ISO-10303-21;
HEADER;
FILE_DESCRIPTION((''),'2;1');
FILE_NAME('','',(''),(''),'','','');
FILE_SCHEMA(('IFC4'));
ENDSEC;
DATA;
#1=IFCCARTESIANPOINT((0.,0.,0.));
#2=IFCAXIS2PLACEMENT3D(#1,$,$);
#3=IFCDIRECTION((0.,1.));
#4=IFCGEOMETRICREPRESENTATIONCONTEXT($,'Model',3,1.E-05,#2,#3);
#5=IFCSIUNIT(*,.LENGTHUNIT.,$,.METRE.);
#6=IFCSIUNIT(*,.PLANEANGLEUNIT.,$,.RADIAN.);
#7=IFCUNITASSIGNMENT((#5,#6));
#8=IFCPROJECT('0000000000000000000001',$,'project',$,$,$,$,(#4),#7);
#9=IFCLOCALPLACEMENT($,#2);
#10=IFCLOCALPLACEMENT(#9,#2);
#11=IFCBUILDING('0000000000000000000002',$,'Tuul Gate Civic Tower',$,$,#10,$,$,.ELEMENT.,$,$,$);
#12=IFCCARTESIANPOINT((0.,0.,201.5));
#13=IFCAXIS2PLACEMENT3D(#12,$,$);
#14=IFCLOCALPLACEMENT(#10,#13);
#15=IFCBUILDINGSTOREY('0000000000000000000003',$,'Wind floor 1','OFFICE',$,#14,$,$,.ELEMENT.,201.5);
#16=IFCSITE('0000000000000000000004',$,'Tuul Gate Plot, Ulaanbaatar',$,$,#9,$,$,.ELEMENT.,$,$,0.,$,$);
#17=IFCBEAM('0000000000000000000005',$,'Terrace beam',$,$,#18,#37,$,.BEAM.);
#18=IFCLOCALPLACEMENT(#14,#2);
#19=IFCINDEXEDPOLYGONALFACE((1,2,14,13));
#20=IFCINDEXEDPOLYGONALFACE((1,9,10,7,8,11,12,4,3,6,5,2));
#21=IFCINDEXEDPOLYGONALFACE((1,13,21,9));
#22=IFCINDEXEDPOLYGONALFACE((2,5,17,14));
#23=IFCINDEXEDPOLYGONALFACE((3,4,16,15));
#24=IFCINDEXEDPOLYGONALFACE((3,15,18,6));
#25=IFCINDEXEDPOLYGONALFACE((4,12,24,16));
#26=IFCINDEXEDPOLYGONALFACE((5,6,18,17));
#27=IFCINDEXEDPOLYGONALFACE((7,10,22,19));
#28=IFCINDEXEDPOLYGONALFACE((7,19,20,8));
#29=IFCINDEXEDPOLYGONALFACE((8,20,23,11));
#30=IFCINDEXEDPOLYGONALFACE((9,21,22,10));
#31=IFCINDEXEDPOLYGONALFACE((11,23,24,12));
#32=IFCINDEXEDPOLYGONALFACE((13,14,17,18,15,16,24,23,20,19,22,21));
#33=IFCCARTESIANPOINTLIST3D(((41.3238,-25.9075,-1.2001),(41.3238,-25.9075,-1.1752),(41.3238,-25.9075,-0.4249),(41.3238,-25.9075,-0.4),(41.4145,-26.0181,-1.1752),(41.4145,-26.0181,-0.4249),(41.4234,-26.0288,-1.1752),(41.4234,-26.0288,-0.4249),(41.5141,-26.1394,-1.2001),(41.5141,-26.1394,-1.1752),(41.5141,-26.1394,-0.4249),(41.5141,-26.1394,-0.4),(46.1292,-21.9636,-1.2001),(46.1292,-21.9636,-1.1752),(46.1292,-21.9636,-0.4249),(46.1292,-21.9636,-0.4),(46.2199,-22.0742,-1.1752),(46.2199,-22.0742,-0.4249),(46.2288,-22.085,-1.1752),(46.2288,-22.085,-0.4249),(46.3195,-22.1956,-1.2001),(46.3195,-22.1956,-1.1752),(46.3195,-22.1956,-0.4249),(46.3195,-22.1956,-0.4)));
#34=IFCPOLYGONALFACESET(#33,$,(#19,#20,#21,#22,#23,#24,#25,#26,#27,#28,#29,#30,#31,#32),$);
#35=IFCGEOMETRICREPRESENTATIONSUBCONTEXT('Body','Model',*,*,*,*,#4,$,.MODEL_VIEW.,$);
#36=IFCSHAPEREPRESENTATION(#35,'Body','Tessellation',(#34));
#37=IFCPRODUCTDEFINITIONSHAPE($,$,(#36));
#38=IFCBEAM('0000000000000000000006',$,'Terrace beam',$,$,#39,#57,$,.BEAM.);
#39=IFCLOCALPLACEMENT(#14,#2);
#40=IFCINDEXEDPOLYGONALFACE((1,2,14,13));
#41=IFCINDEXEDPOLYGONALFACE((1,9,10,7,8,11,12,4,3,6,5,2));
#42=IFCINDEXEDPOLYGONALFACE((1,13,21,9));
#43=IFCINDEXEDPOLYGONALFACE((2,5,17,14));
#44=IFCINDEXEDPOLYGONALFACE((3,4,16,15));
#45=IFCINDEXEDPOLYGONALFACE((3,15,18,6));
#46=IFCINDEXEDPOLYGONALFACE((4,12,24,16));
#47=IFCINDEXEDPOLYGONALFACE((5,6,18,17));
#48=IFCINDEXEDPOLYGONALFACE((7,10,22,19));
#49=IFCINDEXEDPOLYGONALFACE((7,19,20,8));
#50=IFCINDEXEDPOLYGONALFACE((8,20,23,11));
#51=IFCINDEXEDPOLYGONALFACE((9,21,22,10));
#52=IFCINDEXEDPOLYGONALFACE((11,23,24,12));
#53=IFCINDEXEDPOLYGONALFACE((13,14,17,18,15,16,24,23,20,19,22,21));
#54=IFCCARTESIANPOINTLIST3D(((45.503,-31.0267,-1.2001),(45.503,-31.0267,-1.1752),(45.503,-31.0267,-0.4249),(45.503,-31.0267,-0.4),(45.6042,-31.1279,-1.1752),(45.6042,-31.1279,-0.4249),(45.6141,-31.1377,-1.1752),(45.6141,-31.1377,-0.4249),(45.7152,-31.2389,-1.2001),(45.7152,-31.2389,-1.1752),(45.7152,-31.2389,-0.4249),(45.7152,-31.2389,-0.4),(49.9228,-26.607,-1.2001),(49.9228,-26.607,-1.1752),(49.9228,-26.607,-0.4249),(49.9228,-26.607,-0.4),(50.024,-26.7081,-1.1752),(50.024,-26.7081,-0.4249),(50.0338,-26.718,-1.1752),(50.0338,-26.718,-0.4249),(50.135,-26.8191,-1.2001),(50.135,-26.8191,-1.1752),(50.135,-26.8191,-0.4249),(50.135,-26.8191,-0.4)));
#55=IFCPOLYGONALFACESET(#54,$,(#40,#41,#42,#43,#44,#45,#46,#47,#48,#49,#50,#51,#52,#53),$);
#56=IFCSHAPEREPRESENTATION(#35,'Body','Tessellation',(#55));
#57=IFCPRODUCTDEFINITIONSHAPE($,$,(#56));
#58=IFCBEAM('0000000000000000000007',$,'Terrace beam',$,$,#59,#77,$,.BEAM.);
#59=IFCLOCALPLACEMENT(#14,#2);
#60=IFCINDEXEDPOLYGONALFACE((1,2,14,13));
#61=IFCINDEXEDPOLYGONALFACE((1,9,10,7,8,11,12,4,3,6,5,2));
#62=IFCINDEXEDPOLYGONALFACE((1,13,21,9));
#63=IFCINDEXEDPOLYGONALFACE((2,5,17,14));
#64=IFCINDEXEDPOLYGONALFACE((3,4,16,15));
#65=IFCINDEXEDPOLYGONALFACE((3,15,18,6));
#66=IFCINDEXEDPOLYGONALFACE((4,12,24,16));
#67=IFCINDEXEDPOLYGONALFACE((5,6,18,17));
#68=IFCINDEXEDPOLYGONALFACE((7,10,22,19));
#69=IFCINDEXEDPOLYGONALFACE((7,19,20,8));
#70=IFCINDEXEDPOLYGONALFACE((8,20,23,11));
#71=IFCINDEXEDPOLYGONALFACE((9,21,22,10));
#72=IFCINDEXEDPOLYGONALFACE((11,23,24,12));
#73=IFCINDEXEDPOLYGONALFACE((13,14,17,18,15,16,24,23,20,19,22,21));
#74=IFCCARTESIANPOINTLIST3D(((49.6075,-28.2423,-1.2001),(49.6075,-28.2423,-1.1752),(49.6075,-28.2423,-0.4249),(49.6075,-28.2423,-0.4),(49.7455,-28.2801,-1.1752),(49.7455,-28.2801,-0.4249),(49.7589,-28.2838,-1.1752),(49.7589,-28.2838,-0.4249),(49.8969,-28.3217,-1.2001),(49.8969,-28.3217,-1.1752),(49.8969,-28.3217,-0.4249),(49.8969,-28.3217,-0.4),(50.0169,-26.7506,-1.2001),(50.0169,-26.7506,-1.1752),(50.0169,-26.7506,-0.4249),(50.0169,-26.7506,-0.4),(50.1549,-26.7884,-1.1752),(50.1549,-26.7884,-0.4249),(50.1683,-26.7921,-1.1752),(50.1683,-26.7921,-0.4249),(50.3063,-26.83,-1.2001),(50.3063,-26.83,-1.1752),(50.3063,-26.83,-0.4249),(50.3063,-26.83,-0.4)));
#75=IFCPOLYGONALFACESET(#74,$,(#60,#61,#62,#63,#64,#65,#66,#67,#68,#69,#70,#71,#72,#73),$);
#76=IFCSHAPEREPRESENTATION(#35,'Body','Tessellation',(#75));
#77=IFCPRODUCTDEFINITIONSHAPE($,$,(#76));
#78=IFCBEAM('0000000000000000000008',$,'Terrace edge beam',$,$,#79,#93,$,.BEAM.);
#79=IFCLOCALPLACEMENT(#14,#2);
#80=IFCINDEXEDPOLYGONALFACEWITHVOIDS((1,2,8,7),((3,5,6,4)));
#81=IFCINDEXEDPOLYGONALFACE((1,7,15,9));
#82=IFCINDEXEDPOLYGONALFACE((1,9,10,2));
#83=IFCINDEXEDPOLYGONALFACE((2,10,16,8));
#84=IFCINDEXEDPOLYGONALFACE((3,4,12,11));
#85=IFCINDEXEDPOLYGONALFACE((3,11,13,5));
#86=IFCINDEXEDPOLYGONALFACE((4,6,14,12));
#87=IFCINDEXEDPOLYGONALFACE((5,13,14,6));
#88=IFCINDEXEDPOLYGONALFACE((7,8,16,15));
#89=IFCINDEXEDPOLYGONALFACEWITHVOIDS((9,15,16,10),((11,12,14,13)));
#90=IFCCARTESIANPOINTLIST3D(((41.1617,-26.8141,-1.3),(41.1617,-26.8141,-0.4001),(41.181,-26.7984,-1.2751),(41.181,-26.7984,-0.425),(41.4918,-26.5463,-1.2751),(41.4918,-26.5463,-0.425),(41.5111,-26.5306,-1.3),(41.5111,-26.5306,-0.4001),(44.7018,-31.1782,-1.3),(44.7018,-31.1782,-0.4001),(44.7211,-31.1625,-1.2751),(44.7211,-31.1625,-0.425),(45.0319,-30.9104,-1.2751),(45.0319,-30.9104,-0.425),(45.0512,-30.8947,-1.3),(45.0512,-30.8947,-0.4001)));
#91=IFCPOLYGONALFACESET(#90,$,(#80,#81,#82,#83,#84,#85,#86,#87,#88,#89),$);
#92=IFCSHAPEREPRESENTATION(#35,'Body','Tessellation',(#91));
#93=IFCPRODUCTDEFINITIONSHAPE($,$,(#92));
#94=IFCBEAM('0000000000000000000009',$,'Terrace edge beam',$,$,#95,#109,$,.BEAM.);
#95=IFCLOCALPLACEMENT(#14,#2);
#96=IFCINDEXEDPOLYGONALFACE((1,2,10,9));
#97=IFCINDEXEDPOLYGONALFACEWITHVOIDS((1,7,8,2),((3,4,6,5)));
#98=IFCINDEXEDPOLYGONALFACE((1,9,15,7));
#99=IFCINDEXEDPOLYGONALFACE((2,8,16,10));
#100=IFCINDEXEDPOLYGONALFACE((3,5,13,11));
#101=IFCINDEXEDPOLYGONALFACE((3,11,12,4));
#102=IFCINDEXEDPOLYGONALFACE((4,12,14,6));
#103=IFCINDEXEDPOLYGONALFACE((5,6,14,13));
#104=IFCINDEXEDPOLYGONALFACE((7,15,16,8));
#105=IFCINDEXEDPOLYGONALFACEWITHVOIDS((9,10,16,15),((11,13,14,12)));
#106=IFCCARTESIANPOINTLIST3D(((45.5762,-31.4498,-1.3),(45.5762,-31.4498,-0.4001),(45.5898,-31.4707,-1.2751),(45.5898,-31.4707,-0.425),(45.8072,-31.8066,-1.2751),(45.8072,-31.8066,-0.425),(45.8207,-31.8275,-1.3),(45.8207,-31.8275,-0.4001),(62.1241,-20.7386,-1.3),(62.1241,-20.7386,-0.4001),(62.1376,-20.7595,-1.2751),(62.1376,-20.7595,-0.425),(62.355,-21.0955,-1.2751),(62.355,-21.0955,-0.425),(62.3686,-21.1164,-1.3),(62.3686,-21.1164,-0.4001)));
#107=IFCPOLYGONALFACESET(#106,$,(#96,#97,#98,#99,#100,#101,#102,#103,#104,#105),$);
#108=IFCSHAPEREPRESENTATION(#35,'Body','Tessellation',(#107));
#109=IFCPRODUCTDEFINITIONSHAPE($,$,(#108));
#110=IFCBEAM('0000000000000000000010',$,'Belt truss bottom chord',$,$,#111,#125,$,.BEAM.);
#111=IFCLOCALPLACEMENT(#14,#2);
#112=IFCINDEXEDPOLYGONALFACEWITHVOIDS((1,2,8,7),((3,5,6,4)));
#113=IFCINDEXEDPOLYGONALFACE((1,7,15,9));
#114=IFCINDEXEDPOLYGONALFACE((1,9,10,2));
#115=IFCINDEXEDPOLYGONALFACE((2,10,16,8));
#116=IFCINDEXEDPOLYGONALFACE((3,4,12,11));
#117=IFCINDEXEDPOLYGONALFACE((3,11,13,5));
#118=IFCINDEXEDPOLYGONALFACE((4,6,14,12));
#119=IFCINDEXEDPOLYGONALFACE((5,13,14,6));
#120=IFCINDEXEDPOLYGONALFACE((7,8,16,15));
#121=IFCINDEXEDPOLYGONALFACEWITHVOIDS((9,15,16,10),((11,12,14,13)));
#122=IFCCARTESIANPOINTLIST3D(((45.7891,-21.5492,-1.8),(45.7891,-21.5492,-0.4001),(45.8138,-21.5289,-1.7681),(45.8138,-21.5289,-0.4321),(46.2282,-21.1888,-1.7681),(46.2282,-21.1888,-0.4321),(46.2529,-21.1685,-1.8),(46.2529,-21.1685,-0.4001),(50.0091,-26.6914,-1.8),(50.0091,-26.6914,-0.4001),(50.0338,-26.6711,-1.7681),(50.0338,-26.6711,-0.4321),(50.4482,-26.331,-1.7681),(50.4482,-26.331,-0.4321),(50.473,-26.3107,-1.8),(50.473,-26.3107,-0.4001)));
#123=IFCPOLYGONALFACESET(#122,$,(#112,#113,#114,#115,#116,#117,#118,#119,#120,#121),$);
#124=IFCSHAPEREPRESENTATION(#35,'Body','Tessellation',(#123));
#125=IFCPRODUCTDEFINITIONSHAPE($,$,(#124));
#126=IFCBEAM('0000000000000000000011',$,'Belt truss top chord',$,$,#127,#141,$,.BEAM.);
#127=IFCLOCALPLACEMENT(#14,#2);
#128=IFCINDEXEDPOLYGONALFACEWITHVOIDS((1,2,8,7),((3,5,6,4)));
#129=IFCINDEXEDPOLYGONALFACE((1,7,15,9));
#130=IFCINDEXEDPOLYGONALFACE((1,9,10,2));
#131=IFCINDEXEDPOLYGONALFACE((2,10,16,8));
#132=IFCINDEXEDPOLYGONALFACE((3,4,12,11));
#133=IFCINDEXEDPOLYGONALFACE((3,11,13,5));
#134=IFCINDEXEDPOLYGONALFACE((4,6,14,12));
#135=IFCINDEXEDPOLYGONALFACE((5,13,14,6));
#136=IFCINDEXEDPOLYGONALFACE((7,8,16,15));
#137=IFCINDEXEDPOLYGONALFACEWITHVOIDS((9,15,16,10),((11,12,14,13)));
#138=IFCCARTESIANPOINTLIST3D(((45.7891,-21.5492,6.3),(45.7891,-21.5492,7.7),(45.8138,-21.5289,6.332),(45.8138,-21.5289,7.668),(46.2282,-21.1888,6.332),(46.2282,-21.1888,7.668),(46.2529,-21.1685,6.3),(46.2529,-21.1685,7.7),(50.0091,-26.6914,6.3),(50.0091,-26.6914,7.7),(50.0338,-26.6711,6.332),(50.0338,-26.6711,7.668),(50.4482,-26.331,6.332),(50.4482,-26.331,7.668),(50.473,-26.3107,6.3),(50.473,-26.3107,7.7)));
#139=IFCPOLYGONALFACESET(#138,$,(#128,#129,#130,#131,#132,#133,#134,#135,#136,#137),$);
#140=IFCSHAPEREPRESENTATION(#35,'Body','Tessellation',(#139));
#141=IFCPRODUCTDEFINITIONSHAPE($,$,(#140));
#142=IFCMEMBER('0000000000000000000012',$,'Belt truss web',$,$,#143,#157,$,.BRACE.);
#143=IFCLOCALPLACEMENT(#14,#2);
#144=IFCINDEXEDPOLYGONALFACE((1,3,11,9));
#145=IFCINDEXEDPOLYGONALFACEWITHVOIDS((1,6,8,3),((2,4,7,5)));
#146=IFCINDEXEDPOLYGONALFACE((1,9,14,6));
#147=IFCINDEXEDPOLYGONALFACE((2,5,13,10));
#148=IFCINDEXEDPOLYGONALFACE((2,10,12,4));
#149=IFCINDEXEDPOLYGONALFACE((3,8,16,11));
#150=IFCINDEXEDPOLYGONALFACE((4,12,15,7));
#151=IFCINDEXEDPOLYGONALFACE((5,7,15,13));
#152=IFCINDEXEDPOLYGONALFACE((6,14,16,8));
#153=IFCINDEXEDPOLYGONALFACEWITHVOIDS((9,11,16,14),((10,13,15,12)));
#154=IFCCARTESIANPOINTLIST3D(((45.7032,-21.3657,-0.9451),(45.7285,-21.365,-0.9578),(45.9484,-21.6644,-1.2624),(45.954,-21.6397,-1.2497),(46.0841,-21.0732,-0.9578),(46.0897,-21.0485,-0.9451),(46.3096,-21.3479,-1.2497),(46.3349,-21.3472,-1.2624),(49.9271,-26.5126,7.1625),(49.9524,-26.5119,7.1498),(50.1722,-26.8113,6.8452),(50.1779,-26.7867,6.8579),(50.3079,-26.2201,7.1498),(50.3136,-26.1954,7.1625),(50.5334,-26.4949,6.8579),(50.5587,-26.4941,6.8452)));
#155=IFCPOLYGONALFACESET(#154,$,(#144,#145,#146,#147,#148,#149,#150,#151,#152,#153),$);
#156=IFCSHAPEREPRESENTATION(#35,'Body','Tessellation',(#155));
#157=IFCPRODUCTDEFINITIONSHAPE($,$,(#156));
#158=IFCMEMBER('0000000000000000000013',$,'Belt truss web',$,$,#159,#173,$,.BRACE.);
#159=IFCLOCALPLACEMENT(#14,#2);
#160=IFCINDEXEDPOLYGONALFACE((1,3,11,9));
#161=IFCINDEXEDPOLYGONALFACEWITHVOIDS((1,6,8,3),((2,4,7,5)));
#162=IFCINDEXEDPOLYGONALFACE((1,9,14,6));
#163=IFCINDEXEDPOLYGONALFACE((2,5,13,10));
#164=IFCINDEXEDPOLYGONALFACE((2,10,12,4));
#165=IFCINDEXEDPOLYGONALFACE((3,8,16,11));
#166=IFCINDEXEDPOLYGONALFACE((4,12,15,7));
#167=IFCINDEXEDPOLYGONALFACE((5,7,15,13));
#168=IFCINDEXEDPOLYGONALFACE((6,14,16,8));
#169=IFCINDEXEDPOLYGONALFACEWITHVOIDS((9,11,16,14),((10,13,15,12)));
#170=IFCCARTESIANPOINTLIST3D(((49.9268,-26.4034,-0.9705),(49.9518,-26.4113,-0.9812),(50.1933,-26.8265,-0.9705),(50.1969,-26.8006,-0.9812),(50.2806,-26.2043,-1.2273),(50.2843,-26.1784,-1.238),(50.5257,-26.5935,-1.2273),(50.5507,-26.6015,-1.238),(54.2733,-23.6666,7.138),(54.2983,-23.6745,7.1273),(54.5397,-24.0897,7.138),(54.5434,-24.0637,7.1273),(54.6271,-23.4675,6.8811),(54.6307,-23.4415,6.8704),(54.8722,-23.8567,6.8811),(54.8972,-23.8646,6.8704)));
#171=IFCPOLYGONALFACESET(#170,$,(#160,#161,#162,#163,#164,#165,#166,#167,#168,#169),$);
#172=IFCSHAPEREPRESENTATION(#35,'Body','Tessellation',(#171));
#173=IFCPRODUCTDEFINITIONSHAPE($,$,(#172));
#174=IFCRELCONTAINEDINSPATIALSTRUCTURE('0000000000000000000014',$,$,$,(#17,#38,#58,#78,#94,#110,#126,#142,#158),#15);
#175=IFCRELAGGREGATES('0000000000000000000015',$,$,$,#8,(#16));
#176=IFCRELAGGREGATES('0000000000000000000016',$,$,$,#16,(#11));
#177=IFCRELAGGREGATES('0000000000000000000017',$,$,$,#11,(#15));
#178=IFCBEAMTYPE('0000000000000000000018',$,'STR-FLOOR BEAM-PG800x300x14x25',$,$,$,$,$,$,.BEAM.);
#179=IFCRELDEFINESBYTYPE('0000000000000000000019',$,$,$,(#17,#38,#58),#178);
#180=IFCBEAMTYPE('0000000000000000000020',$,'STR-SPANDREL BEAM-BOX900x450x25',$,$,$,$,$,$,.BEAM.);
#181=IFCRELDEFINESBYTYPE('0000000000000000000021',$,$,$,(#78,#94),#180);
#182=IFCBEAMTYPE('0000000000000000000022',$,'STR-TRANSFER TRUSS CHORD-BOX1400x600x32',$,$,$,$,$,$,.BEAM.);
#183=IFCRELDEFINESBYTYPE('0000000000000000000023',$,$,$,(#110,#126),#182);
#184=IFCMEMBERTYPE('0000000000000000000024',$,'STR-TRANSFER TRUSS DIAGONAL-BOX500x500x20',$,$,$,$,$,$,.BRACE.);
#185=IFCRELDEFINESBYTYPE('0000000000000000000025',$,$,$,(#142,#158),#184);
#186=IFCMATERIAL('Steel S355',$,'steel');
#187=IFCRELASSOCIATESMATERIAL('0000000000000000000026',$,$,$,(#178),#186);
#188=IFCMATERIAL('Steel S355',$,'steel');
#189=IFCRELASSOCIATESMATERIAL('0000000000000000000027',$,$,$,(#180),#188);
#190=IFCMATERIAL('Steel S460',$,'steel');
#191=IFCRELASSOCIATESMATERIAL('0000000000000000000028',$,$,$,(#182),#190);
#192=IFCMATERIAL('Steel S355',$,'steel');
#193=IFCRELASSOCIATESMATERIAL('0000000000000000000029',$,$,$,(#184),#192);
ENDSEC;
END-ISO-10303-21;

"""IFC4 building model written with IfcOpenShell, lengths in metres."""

from ifc_helpers import new_model, si_unit, direction, frame, origin, origin_2d, place, context, subcontext, project, spatial, hollow_rectangle, i_section, extrude, material, material_profile, profile_set, type_object, element, save


model = new_model("IFC4")

# Units and contexts
model_context = context("Model", 3, precision=1e-05, world=origin(), true_north=direction((0.0, 1.0)))
body_context = subcontext(model_context, "Body", "Model", "MODEL_VIEW")
ifc_project = project(units=[si_unit("LENGTHUNIT", "METRE"), si_unit("PLANEANGLEUNIT", "RADIAN")], contexts=[model_context])

# Site, building, storey
site_placement = place(None, origin())
site = spatial("IfcSite", under=ifc_project, at=site_placement, Name="Tuul Gate Plot, Ulaanbaatar", CompositionType="ELEMENT", RefElevation=0.0)
building_placement = place(site_placement, origin())
building = spatial("IfcBuilding", under=site, at=building_placement, Name="Tuul Gate Civic Tower", CompositionType="ELEMENT")
storey_placement = place(building_placement, frame((0.0, 0.0, 201.5)))
storey = spatial("IfcBuildingStorey", under=building, at=storey_placement, Name="Wind floor 1", Description="OFFICE", CompositionType="ELEMENT", Elevation=201.5)

# Beams
ifc_material_1 = material(Name="Steel S355", Category="steel")
ifc_material_profile_1 = material_profile(ifc_material_1, i_section(OverallWidth=0.3, OverallDepth=0.8, WebThickness=0.0139, FlangeThickness=0.0249, at=origin_2d()), Name="PG800x300x14x25")
ifc_profile_set_1 = profile_set([ifc_material_profile_1], Name="Steel S355")
beam_type_1 = type_object("IfcBeamType", Name="STR-FLOOR BEAM-PG800x300x14x25", PredefinedType="BEAM", material=ifc_profile_set_1)
beam_1_placement = place(storey_placement, frame((41.4189, -26.0234, -0.8), z_axis=(0.772999, 0.634407, 0.0), x_axis=(-0.634407, 0.772999, 0.0)))
element("IfcBeam", 1, at=beam_1_placement, inside=storey, type_object=beam_type_1, Name="Terrace beam", PredefinedType="BEAM", context=body_context, shape_type="SweptSolid", body=[
    extrude(i_section(OverallWidth=0.3, OverallDepth=0.8, WebThickness=0.0139, FlangeThickness=0.0249, at=origin_2d()), origin(), (0.0, 0.0, 1.0), 6.2166),
])
beam_2_placement = place(storey_placement, frame((45.6091, -31.1328, -0.8), z_axis=(0.707107, 0.707107, 0.0), x_axis=(-0.707107, 0.707107, 0.0)))
element("IfcBeam", 2, at=beam_2_placement, inside=storey, type_object=beam_type_1, Name="Terrace beam", PredefinedType="BEAM", context=body_context, shape_type="SweptSolid", body=[
    extrude(i_section(OverallWidth=0.3, OverallDepth=0.8, WebThickness=0.0139, FlangeThickness=0.0249, at=origin_2d()), origin(), (0.0, 0.0, 1.0), 6.2505),
])
beam_3_placement = place(storey_placement, frame((49.7522, -28.282, -0.8), z_axis=(0.26468, 0.964336, 0.0), x_axis=(-0.964336, 0.26468, 0.0)))
element("IfcBeam", 3, at=beam_3_placement, inside=storey, type_object=beam_type_1, Name="Terrace beam", PredefinedType="BEAM", context=body_context, shape_type="SweptSolid", body=[
    extrude(i_section(OverallWidth=0.3, OverallDepth=0.8, WebThickness=0.0139, FlangeThickness=0.0249, at=origin_2d()), origin(), (0.0, 0.0, 1.0), 1.5469),
])
ifc_material_2 = material(Name="Steel S355", Category="steel")
ifc_material_profile_2 = material_profile(ifc_material_2, hollow_rectangle(XDim=0.45, YDim=0.8999, WallThickness=0.0249, at=origin_2d()), Name="BOX900x450x25")
ifc_profile_set_2 = profile_set([ifc_material_profile_2], Name="Steel S355")
beam_type_2 = type_object("IfcBeamType", Name="STR-SPANDREL BEAM-BOX900x450x25", PredefinedType="BEAM", material=ifc_profile_set_2)
beam_4_placement = place(storey_placement, frame((41.3364, -26.6724, -0.8501), z_axis=(0.629979, -0.776612, 0.0), x_axis=(0.776612, 0.629979, 0.0)))
element("IfcBeam", 4, at=beam_4_placement, inside=storey, type_object=beam_type_2, Name="Terrace edge beam", PredefinedType="BEAM", context=body_context, shape_type="SweptSolid", body=[
    extrude(hollow_rectangle(XDim=0.45, YDim=0.8999, WallThickness=0.0249, at=origin_2d()), origin(), (0.0, 0.0, 1.0), 5.6194),
])
beam_5_placement = place(storey_placement, frame((45.6985, -31.6387, -0.8501), z_axis=(0.839483, 0.543385, 0.0), x_axis=(-0.543385, 0.839483, 0.0)))
element("IfcBeam", 5, at=beam_5_placement, inside=storey, type_object=beam_type_2, Name="Terrace edge beam", PredefinedType="BEAM", context=body_context, shape_type="SweptSolid", body=[
    extrude(hollow_rectangle(XDim=0.45, YDim=0.8999, WallThickness=0.0249, at=origin_2d()), origin(), (0.0, 0.0, 1.0), 19.7119),
])
ifc_material_3 = material(Name="Steel S460", Category="steel")
ifc_material_profile_3 = material_profile(ifc_material_3, hollow_rectangle(XDim=0.6001, YDim=1.3999, WallThickness=0.032, at=origin_2d()), Name="BOX1400x600x32")
ifc_profile_set_3 = profile_set([ifc_material_profile_3], Name="Steel S460")
beam_type_3 = type_object("IfcBeamType", Name="STR-TRANSFER TRUSS CHORD-BOX1400x600x32", PredefinedType="BEAM", material=ifc_profile_set_3)
for number, where, z_axis, x_axis, name in (
    (6, (46.021, -21.3589, -1.1001), (0.63439, -0.773013, 0.0), (0.773013, 0.63439, 0.0), "Belt truss bottom chord"),
    (7, (46.021, -21.3589, 7.0), (0.63439, -0.773013, 0.0), (0.773013, 0.63439, 0.0), "Belt truss top chord"),
):
    element("IfcBeam", number, at=place(storey_placement, frame(where, z_axis=z_axis, x_axis=x_axis)), inside=storey, type_object=beam_type_3, Name=name, PredefinedType="BEAM", context=body_context, shape_type="SweptSolid", body=[
        extrude(hollow_rectangle(XDim=0.6001, YDim=1.3999, WallThickness=0.032, at=origin_2d()), origin(), (0.0, 0.0, 1.0), 6.6521),
    ])

# Members
ifc_material_4 = material(Name="Steel S355", Category="steel")
ifc_material_profile_4 = material_profile(ifc_material_4, hollow_rectangle(XDim=0.5, YDim=0.5, WallThickness=0.02, at=origin_2d()), Name="BOX500x500x20")
ifc_profile_set_4 = profile_set([ifc_material_profile_4], Name="Steel S355")
member_type_1 = type_object("IfcMemberType", Name="STR-TRANSFER TRUSS DIAGONAL-BOX500x500x20", PredefinedType="BRACE", material=ifc_profile_set_4)
member_1_placement = place(storey_placement, frame((46.019, -21.3564, -1.1038), z_axis=(0.402609, -0.490596, 0.772801), x_axis=(0.77302, 0.634381, 0.0)))
element("IfcMember", 8, at=member_1_placement, inside=storey, type_object=member_type_1, Name="Belt truss web", PredefinedType="BRACE", context=body_context, shape_type="SweptSolid", body=[
    extrude(hollow_rectangle(XDim=0.5, YDim=0.5, WallThickness=0.02, at=origin_2d()), origin(), (0.0, 0.0, 1.0), 10.4912),
])
member_2_placement = place(storey_placement, frame((50.2388, -26.5024, -1.1042), z_axis=(0.452833, 0.285135, 0.844772), x_axis=(-0.532837, 0.846218, 0.0)))
element("IfcMember", 9, at=member_2_placement, inside=storey, type_object=member_type_1, Name="Belt truss web", PredefinedType="BRACE", context=body_context, shape_type="SweptSolid", body=[
    extrude(hollow_rectangle(XDim=0.5, YDim=0.5, WallThickness=0.02, at=origin_2d()), origin(), (0.0, 0.0, 1.0), 9.5984),
])

save(model, "model.ifc")
